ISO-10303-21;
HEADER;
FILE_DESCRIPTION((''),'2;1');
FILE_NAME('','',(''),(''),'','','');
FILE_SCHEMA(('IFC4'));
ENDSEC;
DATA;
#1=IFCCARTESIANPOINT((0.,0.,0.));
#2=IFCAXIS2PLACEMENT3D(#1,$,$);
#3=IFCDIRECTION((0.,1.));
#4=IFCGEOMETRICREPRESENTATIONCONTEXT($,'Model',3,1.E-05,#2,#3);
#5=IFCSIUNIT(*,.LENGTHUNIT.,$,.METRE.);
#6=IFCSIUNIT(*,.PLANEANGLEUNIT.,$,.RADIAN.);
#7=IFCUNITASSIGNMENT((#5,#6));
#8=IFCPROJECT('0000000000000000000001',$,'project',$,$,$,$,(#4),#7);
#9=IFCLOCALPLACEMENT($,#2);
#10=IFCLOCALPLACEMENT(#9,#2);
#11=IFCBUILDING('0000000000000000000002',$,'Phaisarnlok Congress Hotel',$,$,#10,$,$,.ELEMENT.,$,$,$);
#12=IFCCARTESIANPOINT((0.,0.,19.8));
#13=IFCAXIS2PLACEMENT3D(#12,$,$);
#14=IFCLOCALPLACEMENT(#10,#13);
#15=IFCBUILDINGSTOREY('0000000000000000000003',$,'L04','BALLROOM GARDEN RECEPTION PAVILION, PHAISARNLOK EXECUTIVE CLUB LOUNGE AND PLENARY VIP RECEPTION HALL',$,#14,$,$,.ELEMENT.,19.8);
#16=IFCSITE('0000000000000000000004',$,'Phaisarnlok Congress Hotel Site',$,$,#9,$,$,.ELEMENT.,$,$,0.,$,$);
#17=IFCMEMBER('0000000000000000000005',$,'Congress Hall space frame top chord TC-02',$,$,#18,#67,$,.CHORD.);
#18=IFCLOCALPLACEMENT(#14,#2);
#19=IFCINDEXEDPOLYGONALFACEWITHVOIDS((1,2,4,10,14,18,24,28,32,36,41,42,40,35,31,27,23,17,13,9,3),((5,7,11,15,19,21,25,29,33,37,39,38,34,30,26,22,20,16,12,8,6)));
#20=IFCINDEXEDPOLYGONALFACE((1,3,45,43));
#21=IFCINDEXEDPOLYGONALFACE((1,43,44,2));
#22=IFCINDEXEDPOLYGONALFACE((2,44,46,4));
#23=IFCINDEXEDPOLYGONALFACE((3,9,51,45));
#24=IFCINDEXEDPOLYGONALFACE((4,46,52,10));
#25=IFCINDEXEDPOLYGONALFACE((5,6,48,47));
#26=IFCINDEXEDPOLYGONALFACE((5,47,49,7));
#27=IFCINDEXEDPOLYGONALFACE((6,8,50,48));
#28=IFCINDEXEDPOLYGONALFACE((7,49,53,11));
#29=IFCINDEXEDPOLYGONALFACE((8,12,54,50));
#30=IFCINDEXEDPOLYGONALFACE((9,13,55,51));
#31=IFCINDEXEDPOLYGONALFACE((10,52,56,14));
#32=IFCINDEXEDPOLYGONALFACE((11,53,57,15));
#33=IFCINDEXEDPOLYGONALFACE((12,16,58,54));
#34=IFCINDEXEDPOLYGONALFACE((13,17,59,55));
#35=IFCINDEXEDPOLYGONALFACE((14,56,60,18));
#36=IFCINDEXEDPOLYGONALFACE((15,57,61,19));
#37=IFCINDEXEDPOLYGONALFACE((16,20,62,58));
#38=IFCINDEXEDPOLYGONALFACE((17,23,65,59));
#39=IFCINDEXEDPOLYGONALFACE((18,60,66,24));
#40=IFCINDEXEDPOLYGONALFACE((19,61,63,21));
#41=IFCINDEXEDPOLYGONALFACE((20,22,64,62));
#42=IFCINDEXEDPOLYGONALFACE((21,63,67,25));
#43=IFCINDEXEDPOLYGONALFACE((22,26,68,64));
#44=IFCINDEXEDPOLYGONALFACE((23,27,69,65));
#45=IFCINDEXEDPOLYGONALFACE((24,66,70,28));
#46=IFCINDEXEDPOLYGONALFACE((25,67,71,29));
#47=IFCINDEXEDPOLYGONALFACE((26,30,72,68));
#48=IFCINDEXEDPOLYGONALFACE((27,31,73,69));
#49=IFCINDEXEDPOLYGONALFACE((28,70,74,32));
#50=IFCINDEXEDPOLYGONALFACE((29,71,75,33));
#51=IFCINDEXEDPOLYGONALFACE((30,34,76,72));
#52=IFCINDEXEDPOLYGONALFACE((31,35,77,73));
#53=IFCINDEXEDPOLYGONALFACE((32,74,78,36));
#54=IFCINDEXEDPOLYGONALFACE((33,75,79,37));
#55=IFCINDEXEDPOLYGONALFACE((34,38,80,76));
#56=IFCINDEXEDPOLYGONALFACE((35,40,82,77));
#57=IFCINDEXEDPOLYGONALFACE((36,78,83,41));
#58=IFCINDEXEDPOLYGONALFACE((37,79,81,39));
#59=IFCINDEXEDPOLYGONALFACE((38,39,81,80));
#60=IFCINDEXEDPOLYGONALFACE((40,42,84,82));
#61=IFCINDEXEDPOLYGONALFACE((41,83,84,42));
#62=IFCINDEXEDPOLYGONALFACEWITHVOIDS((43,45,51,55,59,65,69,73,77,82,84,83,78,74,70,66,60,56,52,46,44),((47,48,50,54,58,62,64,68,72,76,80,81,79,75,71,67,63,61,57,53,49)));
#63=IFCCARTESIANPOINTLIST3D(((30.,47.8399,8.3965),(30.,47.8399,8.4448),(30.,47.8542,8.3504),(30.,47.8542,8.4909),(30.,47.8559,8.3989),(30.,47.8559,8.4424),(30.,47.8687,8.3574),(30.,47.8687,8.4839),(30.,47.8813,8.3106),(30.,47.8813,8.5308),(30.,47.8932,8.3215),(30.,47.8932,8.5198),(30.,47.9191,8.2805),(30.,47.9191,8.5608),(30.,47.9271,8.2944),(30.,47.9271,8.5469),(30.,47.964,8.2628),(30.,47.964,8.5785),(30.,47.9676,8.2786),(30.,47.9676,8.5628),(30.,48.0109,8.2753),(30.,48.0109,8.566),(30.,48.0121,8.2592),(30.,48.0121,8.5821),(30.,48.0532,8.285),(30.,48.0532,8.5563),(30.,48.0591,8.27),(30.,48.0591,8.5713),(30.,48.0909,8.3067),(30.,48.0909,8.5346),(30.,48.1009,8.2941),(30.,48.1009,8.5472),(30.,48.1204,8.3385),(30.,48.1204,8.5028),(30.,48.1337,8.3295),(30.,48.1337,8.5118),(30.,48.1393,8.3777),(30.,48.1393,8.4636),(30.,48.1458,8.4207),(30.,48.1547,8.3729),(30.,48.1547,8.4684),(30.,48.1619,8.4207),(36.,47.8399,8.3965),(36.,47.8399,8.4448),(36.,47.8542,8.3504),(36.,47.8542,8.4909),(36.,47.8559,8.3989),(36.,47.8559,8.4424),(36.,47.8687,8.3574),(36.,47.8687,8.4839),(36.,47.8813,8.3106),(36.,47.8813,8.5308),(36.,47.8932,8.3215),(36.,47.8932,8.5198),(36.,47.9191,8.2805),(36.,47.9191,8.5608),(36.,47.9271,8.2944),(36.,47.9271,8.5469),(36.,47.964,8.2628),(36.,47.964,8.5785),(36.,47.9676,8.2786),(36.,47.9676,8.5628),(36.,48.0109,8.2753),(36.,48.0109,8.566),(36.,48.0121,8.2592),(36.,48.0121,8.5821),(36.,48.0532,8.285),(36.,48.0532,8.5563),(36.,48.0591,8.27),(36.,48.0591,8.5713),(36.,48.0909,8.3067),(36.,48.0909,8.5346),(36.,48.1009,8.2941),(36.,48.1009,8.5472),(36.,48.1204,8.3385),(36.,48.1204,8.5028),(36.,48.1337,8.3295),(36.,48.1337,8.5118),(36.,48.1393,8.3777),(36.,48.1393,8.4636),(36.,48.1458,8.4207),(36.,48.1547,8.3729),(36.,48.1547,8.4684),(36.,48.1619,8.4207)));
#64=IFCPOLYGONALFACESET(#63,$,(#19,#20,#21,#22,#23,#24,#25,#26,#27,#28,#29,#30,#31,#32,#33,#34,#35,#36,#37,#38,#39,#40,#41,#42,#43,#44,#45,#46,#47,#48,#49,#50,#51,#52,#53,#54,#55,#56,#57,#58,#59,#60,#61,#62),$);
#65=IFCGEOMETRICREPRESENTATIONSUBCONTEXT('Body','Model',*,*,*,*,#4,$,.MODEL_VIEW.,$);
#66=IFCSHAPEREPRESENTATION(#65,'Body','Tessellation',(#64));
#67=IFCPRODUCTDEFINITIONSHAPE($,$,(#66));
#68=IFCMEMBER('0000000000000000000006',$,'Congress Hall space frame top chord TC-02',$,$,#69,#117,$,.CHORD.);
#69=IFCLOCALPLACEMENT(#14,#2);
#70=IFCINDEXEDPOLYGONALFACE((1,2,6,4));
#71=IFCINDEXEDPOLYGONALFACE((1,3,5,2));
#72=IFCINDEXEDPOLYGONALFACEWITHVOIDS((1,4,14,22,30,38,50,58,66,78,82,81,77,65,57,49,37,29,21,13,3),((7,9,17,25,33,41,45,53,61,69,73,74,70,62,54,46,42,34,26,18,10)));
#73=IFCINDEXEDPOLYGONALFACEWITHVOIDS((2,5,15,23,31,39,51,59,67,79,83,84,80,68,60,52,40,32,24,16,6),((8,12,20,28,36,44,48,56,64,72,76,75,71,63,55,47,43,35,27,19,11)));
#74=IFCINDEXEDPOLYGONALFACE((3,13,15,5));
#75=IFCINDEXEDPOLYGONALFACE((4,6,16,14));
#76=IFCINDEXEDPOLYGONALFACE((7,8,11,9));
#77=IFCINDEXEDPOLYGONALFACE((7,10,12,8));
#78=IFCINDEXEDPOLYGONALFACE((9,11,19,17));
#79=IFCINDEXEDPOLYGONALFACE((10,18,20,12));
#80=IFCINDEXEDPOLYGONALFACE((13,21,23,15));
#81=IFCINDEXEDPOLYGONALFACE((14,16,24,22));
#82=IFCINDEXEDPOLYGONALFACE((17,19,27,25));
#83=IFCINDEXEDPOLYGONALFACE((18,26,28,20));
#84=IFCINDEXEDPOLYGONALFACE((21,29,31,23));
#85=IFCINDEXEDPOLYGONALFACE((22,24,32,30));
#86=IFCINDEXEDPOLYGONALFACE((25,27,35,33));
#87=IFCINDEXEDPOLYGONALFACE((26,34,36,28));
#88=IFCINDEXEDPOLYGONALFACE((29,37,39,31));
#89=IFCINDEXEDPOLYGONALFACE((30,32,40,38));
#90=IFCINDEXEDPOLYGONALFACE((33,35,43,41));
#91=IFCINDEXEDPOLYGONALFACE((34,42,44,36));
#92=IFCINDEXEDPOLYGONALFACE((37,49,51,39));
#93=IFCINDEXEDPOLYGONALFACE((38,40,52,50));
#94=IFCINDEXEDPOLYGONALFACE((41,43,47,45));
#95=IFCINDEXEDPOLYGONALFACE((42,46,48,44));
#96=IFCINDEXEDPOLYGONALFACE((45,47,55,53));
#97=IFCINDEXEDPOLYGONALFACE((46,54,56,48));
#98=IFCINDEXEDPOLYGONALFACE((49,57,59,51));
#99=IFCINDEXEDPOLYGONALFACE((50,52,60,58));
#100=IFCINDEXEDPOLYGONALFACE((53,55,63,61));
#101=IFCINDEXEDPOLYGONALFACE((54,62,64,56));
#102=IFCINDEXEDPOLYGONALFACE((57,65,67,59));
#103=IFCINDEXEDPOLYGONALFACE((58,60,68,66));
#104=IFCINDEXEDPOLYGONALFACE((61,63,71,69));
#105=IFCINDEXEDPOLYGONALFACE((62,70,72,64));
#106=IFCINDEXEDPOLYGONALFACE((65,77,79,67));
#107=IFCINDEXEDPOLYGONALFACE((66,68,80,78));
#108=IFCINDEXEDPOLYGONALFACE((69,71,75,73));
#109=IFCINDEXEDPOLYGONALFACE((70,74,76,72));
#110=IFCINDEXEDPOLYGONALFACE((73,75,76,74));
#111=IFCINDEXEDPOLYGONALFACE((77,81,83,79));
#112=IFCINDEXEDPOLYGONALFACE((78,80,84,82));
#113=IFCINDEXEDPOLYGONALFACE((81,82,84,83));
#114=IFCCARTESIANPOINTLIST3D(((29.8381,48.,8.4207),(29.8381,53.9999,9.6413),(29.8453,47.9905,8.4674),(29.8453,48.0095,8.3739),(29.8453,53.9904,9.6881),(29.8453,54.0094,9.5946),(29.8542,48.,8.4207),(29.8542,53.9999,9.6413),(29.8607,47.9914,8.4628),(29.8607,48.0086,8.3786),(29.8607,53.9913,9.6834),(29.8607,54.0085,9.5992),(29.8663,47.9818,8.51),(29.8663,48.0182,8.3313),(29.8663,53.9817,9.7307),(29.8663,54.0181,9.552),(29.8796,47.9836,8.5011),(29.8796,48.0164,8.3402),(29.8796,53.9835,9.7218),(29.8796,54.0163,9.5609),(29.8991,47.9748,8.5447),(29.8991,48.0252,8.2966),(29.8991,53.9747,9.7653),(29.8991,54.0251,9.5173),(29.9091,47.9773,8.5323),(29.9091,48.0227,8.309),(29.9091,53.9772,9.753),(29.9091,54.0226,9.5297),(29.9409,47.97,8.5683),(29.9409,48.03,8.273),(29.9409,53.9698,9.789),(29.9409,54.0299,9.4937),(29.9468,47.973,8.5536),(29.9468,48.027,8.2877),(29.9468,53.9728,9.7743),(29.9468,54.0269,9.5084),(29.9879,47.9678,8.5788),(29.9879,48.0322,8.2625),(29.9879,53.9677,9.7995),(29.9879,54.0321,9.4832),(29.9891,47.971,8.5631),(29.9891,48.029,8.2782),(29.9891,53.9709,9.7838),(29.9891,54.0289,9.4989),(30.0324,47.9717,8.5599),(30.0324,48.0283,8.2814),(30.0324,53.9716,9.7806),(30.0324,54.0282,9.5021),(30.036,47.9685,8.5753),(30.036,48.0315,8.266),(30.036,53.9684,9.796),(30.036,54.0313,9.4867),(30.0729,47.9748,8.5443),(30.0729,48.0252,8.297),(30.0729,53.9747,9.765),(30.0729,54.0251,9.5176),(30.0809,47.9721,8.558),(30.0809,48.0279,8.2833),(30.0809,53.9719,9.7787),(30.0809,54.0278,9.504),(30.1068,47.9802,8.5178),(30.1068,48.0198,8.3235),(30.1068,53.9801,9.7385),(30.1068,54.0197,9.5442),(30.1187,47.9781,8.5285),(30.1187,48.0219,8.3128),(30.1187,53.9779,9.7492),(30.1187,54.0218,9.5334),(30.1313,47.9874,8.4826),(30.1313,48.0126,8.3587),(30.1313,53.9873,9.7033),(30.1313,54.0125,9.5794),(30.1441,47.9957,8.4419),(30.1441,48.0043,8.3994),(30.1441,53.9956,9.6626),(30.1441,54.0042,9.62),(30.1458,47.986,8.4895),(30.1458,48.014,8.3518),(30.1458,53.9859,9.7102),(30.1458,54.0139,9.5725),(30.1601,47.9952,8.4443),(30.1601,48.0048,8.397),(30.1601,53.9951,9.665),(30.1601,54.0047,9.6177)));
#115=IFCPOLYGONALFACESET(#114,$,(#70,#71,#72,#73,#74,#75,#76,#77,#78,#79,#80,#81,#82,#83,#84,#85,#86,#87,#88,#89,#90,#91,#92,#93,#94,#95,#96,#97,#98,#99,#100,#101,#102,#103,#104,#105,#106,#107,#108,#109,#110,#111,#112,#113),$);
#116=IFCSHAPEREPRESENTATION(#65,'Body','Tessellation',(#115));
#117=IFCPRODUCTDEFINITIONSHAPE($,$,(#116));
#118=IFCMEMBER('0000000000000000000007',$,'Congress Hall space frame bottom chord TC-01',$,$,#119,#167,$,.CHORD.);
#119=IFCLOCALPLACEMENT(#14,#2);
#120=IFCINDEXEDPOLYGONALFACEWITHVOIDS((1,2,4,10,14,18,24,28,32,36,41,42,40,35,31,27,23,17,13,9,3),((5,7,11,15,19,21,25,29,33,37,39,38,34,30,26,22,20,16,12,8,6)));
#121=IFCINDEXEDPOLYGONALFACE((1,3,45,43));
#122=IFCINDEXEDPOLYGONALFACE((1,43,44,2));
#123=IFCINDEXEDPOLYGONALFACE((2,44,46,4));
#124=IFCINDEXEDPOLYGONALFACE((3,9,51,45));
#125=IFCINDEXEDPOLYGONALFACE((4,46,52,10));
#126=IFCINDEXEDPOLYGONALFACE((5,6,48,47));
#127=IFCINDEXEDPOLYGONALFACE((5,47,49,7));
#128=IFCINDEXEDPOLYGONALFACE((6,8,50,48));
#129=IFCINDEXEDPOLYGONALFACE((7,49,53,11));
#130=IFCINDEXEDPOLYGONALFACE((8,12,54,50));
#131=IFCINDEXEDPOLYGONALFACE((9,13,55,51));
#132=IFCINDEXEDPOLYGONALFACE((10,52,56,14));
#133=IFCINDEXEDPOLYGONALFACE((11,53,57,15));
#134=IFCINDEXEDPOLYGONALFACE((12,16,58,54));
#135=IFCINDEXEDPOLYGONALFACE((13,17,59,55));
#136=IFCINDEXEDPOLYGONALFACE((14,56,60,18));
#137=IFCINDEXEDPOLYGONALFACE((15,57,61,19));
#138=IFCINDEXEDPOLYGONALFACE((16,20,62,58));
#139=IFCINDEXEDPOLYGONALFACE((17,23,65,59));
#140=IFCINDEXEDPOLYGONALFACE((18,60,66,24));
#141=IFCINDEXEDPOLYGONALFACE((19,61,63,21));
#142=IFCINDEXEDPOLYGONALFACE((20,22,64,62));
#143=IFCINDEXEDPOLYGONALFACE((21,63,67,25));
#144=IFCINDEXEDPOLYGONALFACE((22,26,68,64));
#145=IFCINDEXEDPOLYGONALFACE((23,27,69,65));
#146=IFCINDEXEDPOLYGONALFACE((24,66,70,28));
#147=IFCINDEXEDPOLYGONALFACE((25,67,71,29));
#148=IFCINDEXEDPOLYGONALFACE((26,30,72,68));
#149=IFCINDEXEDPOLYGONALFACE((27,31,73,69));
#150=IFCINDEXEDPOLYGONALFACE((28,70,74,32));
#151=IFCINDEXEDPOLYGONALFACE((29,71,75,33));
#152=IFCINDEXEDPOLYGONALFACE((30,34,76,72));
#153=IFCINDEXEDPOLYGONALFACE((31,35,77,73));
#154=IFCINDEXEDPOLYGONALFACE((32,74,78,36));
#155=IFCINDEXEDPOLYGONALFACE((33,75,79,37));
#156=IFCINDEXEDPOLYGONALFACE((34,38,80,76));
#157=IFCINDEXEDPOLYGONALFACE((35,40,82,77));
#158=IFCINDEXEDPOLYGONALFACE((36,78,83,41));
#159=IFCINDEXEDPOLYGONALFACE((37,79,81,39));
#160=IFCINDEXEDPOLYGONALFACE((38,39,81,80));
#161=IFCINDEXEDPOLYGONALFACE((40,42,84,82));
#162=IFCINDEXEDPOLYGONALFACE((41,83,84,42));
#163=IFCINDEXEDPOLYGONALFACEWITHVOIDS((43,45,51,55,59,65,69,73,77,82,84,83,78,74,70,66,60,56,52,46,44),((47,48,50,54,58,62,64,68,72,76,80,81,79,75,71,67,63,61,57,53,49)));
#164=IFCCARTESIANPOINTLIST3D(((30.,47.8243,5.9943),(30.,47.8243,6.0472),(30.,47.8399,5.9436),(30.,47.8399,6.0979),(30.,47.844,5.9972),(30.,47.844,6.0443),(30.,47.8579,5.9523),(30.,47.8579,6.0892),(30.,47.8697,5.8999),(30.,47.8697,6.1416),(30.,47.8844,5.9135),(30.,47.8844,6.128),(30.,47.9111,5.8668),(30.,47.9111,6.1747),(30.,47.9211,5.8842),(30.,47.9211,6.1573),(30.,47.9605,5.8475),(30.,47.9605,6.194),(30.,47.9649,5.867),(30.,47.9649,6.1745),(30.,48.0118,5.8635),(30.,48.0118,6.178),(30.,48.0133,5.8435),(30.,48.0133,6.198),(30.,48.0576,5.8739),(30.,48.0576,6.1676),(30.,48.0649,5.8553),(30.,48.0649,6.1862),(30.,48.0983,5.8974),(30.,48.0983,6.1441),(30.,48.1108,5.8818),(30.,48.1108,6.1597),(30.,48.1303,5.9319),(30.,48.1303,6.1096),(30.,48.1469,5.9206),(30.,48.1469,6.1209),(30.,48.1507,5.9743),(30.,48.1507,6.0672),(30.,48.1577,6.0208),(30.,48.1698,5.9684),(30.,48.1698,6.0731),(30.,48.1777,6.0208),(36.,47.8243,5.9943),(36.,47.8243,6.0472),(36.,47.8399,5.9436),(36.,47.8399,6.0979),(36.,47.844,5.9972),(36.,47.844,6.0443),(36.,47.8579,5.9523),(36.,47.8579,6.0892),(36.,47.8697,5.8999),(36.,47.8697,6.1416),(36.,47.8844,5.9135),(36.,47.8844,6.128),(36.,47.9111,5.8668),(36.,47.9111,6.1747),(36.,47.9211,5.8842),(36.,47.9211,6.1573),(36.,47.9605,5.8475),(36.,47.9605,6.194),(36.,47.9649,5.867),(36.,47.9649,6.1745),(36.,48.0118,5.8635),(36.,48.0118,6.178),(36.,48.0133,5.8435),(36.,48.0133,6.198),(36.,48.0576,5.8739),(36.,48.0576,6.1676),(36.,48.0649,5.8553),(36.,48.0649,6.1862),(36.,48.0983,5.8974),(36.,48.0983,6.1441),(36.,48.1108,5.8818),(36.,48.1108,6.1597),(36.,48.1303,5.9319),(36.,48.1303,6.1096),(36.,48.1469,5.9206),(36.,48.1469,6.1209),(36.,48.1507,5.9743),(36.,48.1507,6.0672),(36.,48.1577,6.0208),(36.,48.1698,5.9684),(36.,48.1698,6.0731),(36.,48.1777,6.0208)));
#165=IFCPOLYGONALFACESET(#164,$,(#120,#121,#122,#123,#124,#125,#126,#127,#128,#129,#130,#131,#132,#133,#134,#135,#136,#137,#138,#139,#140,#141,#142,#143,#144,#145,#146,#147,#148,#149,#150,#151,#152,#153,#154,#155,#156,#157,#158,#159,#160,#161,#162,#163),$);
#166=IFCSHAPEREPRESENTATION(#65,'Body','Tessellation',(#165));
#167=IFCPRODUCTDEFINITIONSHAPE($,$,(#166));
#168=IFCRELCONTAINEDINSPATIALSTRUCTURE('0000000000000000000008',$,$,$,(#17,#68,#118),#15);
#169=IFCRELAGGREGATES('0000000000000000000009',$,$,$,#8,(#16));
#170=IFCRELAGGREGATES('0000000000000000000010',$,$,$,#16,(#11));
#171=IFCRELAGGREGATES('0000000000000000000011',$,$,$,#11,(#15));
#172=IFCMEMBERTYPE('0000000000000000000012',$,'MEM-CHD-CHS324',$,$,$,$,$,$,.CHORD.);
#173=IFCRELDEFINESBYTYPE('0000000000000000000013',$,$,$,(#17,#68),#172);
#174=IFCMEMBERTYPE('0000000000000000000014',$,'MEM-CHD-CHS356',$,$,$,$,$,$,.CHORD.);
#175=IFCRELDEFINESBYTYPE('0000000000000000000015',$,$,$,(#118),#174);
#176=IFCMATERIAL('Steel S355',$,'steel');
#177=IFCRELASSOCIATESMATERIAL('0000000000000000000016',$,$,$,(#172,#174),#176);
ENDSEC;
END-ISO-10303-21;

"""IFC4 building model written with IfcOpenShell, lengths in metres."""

from ifc_helpers import new_model, si_unit, direction, frame, origin, origin_2d, place, context, subcontext, project, spatial, hollow_circle, extrude, material, material_profile, profile_set, type_object, element, save


model = new_model("IFC4")

# Units and contexts
model_context = context("Model", 3, precision=1e-05, world=origin(), true_north=direction((0.0, 1.0)))
body_context = subcontext(model_context, "Body", "Model", "MODEL_VIEW")
ifc_project = project(units=[si_unit("LENGTHUNIT", "METRE"), si_unit("PLANEANGLEUNIT", "RADIAN")], contexts=[model_context])

# Site, building, storey
site_placement = place(None, origin())
site = spatial("IfcSite", under=ifc_project, at=site_placement, Name="Phaisarnlok Congress Hotel Site", CompositionType="ELEMENT", RefElevation=0.0)
building_placement = place(site_placement, origin())
building = spatial("IfcBuilding", under=site, at=building_placement, Name="Phaisarnlok Congress Hotel", CompositionType="ELEMENT")
storey_placement = place(building_placement, frame((0.0, 0.0, 19.8)))
storey = spatial("IfcBuildingStorey", under=building, at=storey_placement, Name="L04", Description="BALLROOM GARDEN RECEPTION PAVILION, PHAISARNLOK EXECUTIVE CLUB LOUNGE AND PLENARY VIP RECEPTION HALL", CompositionType="ELEMENT", Elevation=19.8)

# Members
ifc_material_1 = material(Name="Steel S355", Category="steel")
ifc_material_profile_1 = material_profile(ifc_material_1, hollow_circle(Radius=0.1619, WallThickness=0.0161, at=origin_2d()), Name="CHS 323.9x16")
ifc_profile_set_1 = profile_set([ifc_material_profile_1], Name="Steel S355")
member_type_1 = type_object("IfcMemberType", Name="MEM-CHD-CHS324", PredefinedType="CHORD", material=ifc_profile_set_1)
member_1_placement = place(storey_placement, frame((30.0, 48.0, 8.4207), z_axis=(1.0, 0.0, 0.0), x_axis=(0.0, 1.0, 0.0)))
element("IfcMember", 1, at=member_1_placement, inside=storey, type_object=member_type_1, Name="Congress Hall space frame top chord TC-02", PredefinedType="CHORD", context=body_context, shape_type="SweptSolid", body=[
    extrude(hollow_circle(Radius=0.1619, WallThickness=0.0161, at=origin_2d()), origin(), (0.0, 0.0, 1.0), 6.0),
])
member_2_placement = place(storey_placement, frame((30.0, 48.0, 8.4207), z_axis=(0.0, 0.979925, 0.199366), x_axis=(-1.0, 0.0, 0.0)))
element("IfcMember", 2, at=member_2_placement, inside=storey, type_object=member_type_1, Name="Congress Hall space frame top chord TC-02", PredefinedType="CHORD", context=body_context, shape_type="SweptSolid", body=[
    extrude(hollow_circle(Radius=0.1619, WallThickness=0.0161, at=origin_2d()), origin(), (0.0, 0.0, 1.0), 6.1228),
])
ifc_material_profile_2 = material_profile(ifc_material_1, hollow_circle(Radius=0.1777, WallThickness=0.02, at=origin_2d()), Name="CHS 355.6x20")
ifc_profile_set_2 = profile_set([ifc_material_profile_2], Name="Steel S355")
member_type_2 = type_object("IfcMemberType", Name="MEM-CHD-CHS356", PredefinedType="CHORD", material=ifc_profile_set_2)
member_3_placement = place(storey_placement, frame((30.0, 48.0, 6.0208), z_axis=(1.0, 0.0, 0.0), x_axis=(0.0, 1.0, 0.0)))
element("IfcMember", 3, at=member_3_placement, inside=storey, type_object=member_type_2, Name="Congress Hall space frame bottom chord TC-01", PredefinedType="CHORD", context=body_context, shape_type="SweptSolid", body=[
    extrude(hollow_circle(Radius=0.1777, WallThickness=0.02, at=origin_2d()), origin(), (0.0, 0.0, 1.0), 6.0),
])

save(model, "model.ifc")
